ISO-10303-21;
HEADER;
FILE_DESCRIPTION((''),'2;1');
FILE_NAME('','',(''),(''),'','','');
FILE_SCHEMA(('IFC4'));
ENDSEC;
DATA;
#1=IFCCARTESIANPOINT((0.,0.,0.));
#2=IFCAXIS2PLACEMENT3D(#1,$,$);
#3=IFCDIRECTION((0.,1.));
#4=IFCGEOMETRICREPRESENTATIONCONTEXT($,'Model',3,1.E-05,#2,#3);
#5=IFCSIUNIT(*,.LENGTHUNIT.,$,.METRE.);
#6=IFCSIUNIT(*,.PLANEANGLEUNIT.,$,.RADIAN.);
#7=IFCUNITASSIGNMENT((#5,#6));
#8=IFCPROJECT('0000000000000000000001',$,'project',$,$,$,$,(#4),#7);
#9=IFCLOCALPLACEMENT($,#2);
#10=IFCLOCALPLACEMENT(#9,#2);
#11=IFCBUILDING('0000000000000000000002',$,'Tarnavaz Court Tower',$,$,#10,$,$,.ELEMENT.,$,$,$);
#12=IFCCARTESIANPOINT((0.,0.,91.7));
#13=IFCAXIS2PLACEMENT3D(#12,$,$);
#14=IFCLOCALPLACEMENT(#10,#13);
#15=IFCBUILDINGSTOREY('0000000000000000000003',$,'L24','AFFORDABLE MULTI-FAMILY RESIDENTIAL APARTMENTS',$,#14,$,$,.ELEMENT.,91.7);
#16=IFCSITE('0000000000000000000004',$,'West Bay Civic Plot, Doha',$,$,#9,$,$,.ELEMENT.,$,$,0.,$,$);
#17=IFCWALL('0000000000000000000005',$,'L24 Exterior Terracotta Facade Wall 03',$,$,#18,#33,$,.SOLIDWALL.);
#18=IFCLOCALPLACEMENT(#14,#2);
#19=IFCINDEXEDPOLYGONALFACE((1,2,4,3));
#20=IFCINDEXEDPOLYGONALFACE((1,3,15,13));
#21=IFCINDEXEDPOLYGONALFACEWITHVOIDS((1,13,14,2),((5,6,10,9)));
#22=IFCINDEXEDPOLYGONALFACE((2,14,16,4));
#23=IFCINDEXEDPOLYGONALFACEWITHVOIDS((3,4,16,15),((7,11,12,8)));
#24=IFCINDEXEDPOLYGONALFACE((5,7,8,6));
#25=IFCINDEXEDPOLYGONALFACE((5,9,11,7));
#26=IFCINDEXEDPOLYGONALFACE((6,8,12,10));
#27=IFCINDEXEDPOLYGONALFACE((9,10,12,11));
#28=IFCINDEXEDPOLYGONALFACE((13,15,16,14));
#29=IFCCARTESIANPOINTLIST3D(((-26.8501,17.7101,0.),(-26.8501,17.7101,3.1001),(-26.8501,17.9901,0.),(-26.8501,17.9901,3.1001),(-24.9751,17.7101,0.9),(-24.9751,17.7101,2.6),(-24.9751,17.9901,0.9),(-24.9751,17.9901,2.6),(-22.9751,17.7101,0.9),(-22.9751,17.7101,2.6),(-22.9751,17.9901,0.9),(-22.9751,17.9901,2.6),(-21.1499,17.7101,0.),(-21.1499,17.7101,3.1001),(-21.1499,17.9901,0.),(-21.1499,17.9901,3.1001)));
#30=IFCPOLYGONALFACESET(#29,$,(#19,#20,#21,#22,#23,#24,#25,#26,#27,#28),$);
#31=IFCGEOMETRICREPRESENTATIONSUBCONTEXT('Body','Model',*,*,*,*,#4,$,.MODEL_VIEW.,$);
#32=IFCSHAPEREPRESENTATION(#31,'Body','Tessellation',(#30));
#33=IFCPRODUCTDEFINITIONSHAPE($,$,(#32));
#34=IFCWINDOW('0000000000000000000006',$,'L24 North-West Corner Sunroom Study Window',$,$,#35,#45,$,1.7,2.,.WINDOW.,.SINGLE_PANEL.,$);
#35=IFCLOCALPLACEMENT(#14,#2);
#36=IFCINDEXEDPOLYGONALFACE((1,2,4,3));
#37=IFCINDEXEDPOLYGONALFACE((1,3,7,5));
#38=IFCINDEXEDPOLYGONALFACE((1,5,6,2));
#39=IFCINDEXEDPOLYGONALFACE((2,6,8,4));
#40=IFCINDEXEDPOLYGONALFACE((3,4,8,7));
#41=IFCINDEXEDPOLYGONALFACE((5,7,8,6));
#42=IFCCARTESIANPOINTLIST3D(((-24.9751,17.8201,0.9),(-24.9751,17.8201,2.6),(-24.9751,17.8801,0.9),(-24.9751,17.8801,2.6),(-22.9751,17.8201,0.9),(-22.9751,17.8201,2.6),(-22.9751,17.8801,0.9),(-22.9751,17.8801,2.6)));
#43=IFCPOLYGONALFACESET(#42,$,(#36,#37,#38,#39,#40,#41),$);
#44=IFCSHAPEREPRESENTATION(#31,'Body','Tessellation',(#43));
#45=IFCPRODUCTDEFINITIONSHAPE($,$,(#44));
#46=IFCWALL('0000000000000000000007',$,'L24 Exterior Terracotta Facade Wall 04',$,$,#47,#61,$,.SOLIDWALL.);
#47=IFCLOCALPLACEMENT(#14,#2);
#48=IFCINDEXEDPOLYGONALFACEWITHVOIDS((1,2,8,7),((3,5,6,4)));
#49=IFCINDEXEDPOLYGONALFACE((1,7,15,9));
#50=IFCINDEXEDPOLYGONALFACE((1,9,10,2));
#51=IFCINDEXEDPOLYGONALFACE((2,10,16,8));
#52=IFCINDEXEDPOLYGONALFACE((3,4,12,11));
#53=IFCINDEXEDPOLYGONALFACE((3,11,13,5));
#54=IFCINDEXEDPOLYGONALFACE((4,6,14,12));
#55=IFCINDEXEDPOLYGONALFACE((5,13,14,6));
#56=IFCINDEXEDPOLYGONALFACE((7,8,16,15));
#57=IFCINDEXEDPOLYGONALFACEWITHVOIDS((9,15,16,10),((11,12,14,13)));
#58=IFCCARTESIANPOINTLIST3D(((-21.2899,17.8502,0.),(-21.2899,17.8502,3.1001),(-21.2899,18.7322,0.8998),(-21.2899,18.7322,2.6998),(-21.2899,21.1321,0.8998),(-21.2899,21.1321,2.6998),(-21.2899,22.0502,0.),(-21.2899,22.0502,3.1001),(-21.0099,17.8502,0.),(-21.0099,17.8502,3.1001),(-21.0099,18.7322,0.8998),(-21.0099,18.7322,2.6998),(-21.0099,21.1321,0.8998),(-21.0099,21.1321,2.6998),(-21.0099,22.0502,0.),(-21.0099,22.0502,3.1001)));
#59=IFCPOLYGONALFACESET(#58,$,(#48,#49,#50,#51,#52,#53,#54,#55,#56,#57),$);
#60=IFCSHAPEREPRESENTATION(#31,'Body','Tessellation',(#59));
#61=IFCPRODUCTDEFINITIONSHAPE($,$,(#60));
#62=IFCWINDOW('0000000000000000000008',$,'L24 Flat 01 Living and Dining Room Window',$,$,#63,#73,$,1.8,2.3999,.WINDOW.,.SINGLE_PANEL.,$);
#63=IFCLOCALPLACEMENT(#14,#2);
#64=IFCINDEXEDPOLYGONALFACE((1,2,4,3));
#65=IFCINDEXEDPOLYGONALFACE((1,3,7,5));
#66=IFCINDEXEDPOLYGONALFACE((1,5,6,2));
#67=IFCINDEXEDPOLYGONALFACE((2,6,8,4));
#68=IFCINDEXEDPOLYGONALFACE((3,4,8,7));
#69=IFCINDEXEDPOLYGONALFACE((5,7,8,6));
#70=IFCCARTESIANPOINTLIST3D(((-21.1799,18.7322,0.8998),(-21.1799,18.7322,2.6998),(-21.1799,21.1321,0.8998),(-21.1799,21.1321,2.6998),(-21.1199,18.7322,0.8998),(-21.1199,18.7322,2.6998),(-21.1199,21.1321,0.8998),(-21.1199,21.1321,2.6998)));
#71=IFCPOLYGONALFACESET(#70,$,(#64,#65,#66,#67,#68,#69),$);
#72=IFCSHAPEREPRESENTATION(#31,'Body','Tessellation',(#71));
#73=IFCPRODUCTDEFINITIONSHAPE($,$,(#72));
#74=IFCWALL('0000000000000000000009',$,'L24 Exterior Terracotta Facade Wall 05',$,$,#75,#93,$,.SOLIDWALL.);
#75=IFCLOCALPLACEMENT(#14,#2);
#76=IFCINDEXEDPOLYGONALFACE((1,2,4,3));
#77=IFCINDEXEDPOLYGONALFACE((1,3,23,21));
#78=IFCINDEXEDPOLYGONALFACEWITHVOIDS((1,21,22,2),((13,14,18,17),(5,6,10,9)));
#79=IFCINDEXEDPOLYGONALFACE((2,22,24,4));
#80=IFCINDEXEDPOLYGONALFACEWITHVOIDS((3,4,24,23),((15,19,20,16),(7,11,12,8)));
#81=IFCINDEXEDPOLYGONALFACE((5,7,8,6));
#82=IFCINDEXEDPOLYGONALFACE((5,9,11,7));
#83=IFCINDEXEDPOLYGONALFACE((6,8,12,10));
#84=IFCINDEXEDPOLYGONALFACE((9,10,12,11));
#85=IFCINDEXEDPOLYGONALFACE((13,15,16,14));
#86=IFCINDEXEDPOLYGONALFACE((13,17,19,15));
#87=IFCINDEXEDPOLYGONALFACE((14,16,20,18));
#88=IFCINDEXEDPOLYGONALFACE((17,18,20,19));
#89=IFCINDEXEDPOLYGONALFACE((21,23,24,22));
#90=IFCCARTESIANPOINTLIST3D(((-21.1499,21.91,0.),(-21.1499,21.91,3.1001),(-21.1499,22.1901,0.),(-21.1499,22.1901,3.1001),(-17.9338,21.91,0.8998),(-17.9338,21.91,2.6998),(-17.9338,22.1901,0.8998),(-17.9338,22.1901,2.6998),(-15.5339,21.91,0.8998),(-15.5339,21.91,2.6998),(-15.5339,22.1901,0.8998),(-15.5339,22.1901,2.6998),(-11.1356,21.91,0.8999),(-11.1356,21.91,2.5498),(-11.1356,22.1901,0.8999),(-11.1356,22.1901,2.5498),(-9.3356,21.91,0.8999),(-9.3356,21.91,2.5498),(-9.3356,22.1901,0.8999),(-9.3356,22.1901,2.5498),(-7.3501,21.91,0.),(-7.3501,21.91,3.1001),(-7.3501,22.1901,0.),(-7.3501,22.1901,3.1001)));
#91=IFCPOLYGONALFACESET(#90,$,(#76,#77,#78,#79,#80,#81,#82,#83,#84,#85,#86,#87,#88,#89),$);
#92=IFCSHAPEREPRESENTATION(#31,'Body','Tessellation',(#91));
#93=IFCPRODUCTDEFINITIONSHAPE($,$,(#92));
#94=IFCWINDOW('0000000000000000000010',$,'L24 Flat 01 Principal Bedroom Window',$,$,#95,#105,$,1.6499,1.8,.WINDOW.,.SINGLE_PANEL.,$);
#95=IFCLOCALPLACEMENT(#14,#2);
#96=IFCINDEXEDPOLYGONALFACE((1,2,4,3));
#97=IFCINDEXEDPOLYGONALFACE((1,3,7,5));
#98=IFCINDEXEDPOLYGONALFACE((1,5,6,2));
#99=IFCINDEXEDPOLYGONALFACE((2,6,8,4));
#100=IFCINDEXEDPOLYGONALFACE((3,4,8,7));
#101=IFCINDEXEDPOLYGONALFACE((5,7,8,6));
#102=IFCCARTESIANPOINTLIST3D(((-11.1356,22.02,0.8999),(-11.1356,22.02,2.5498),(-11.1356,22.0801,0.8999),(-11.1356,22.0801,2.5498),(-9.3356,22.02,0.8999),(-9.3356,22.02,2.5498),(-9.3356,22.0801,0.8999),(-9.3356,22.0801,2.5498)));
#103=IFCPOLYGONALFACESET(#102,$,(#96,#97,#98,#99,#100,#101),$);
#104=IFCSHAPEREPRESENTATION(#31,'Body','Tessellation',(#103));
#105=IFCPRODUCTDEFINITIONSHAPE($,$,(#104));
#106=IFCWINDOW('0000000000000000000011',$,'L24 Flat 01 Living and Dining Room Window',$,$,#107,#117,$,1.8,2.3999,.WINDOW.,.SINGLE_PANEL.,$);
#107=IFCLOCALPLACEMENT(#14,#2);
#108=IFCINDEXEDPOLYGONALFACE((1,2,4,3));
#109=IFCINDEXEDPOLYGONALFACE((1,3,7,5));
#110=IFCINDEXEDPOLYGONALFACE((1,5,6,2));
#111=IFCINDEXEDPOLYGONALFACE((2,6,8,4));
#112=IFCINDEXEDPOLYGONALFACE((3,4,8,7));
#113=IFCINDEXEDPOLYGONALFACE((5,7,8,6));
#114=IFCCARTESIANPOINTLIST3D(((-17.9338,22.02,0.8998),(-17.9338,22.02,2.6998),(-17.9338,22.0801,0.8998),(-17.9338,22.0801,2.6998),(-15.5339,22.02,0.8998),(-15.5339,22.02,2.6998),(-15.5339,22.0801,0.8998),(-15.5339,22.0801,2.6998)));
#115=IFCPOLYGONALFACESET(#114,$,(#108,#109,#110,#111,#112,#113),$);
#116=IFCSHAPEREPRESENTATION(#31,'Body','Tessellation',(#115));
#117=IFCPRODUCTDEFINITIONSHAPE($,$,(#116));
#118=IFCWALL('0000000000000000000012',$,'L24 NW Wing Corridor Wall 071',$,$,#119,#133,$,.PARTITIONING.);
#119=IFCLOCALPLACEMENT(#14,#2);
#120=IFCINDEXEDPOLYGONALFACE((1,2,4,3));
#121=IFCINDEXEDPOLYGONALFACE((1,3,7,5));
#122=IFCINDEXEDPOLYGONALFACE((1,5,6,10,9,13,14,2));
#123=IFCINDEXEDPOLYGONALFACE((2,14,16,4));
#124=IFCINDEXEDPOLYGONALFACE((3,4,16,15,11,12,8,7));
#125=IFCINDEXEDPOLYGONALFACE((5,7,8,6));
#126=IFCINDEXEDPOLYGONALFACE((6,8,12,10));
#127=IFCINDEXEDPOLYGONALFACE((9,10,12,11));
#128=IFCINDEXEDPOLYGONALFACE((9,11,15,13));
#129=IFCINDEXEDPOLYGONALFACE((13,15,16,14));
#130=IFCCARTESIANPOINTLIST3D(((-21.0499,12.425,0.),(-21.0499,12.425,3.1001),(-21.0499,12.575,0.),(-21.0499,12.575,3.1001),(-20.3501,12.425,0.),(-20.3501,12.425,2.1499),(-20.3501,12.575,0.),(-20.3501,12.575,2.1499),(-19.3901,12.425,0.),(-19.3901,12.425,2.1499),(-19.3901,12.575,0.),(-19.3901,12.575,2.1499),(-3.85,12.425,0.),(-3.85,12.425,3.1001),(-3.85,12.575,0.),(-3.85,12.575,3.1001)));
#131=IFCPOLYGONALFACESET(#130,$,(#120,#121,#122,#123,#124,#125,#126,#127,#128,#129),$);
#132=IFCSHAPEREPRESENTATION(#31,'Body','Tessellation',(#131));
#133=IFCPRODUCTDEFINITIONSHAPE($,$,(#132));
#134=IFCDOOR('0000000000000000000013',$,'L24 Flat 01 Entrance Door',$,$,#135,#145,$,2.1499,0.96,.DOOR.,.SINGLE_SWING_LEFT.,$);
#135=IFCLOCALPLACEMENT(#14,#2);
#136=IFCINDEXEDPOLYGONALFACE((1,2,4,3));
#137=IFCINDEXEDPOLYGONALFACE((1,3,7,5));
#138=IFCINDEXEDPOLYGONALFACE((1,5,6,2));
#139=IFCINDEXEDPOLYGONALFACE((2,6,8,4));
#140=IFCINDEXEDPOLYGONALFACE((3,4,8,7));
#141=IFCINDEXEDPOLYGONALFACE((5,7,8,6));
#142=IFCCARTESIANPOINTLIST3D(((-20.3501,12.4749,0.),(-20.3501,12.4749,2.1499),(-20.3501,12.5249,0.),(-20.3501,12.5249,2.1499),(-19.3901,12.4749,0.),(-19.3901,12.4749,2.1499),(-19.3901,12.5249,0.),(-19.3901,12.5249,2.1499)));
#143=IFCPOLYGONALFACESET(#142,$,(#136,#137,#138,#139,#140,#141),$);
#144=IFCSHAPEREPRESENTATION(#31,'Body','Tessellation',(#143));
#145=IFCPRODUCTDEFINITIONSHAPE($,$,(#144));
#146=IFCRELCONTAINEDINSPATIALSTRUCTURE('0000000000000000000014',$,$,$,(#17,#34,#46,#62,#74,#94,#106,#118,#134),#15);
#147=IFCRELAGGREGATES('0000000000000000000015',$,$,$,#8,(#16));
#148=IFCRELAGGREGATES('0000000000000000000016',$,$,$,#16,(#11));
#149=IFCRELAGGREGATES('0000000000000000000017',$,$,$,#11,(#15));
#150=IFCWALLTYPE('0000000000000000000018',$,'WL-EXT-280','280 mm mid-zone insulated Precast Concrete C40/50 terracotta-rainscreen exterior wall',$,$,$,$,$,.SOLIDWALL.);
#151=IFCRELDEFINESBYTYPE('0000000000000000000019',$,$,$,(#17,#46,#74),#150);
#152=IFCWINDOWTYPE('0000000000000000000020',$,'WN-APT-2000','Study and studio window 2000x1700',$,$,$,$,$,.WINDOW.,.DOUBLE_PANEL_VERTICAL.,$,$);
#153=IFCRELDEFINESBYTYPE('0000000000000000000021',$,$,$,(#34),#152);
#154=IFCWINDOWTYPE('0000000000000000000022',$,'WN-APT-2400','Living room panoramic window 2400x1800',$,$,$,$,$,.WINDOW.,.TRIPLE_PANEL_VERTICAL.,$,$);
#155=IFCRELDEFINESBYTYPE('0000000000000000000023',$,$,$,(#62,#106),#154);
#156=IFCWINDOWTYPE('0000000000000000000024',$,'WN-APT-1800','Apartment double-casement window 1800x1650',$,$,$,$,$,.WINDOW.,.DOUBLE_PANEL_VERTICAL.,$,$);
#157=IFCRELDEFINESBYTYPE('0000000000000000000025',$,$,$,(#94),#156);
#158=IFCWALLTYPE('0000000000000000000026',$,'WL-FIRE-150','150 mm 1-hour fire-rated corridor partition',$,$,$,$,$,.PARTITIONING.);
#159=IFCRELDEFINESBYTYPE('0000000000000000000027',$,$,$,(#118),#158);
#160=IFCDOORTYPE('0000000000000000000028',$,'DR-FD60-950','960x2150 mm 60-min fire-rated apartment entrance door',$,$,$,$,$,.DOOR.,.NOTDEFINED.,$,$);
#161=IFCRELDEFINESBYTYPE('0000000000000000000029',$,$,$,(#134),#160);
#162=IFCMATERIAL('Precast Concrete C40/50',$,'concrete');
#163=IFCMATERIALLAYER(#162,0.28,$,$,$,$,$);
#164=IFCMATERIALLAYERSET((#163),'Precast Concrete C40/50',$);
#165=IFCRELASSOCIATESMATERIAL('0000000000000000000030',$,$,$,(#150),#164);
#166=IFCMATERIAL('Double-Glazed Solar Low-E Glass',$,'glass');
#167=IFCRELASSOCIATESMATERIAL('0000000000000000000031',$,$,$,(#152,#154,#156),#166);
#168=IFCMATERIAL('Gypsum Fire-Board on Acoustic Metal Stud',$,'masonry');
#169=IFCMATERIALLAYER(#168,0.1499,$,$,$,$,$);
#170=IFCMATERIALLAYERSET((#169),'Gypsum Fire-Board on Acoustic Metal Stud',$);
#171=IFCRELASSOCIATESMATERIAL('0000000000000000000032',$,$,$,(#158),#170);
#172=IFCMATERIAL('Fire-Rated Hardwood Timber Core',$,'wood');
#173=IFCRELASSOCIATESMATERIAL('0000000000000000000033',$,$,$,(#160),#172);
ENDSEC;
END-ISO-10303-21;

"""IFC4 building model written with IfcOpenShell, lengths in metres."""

from ifc_helpers import new_model, si_unit, direction, frame, frame_2d, origin, place, context, subcontext, project, spatial, rectangle, extrude, material, layer, layer_set, type_object, element, fill, save


model = new_model("IFC4")

# Units and contexts
model_context = context("Model", 3, precision=1e-05, world=origin(), true_north=direction((0.0, 1.0)))
body_context = subcontext(model_context, "Body", "Model", "MODEL_VIEW")
ifc_project = project(units=[si_unit("LENGTHUNIT", "METRE"), si_unit("PLANEANGLEUNIT", "RADIAN")], contexts=[model_context])

# Site, building, storey
site_placement = place(None, origin())
site = spatial("IfcSite", under=ifc_project, at=site_placement, Name="West Bay Civic Plot, Doha", CompositionType="ELEMENT", RefElevation=0.0)
building_placement = place(site_placement, origin())
building = spatial("IfcBuilding", under=site, at=building_placement, Name="Tarnavaz Court Tower", CompositionType="ELEMENT")
storey_placement = place(building_placement, frame((0.0, 0.0, 91.7)))
storey = spatial("IfcBuildingStorey", under=building, at=storey_placement, Name="L24", Description="AFFORDABLE MULTI-FAMILY RESIDENTIAL APARTMENTS", CompositionType="ELEMENT", Elevation=91.7)

# Walls, openings, windows
ifc_material_1 = material(Name="Precast Concrete C40/50", Category="concrete")
ifc_layer_1 = layer(ifc_material_1, 0.28)
ifc_layer_set_1 = layer_set([ifc_layer_1], Name="Precast Concrete C40/50")
wall_type_1 = type_object("IfcWallType", Name="WL-EXT-280", Description="280 mm mid-zone insulated Precast Concrete C40/50 terracotta-rainscreen exterior wall", PredefinedType="SOLIDWALL", material=ifc_layer_set_1)
wall_1_placement = place(storey_placement, frame((-26.8501, 17.8501, 0.0), z_axis=(0.0, 0.0, 1.0), x_axis=(1.0, 0.0, 0.0)))
wall_1 = element("IfcWall", 1, at=wall_1_placement, inside=storey, type_object=wall_type_1, Name="L24 Exterior Terracotta Facade Wall 03", PredefinedType="SOLIDWALL", context=body_context, shape_type="SweptSolid", body=[
    extrude(rectangle(XDim=5.7002, YDim=0.28, at=frame_2d((2.8501, 0.0))), origin(), (0.0, 0.0, 1.0), 3.1001),
])
opening_1_placement = place(wall_1_placement, frame((1.875, 0.0, 0.8999)))
opening_1 = element("IfcOpeningElement", 2, at=opening_1_placement, cuts=wall_1, PredefinedType="OPENING", context=body_context, shape_type="SweptSolid", body=[
    extrude(rectangle(XDim=2.0, YDim=1.7, at=frame_2d((1.0, 0.8501))), frame((0.0, 0.1499, 0.0), z_axis=(0.0, -1.0, 0.0), x_axis=(1.0, 0.0, 0.0)), (0.0, 0.0, 1.0), 0.3),
])
ifc_material_2 = material(Name="Double-Glazed Solar Low-E Glass", Category="glass")
window_type_1 = type_object("IfcWindowType", Name="WN-APT-2000", Description="Study and studio window 2000x1700", PartitioningType="DOUBLE_PANEL_VERTICAL", PredefinedType="WINDOW", material=ifc_material_2)
window_1_placement = place(opening_1_placement, origin())
window_1 = element("IfcWindow", 3, at=window_1_placement, inside=storey, type_object=window_type_1, Name="L24 North-West Corner Sunroom Study Window", OverallHeight=1.7, OverallWidth=2.0, PartitioningType="SINGLE_PANEL", PredefinedType="WINDOW", context=body_context, shape_type="SweptSolid", body=[
    extrude(rectangle(XDim=2.0, YDim=1.7, at=frame_2d((1.0, 0.8501))), frame((0.0, 0.03, 0.0), z_axis=(0.0, -1.0, 0.0), x_axis=(1.0, 0.0, 0.0)), (0.0, 0.0, 1.0), 0.0601),
])
fill(opening_1, window_1)
wall_2_placement = place(storey_placement, frame((-21.1499, 17.8501, 0.0), z_axis=(0.0, 0.0, 1.0), x_axis=(0.0, 1.0, 0.0)))
wall_2 = element("IfcWall", 4, at=wall_2_placement, inside=storey, type_object=wall_type_1, Name="L24 Exterior Terracotta Facade Wall 04", PredefinedType="SOLIDWALL", context=body_context, shape_type="SweptSolid", body=[
    extrude(rectangle(XDim=4.2, YDim=0.28, at=frame_2d((2.1001, 0.0))), origin(), (0.0, 0.0, 1.0), 3.1001),
])
opening_2_placement = place(wall_2_placement, frame((0.8821, 0.0, 0.8999)))
opening_2 = element("IfcOpeningElement", 5, at=opening_2_placement, cuts=wall_2, PredefinedType="OPENING", context=body_context, shape_type="SweptSolid", body=[
    extrude(rectangle(XDim=2.3999, YDim=1.8, at=frame_2d((1.2, 0.8999))), frame((0.0, 0.1499, 0.0), z_axis=(0.0, -1.0, 0.0), x_axis=(1.0, 0.0, 0.0)), (0.0, 0.0, 1.0), 0.3),
])
window_type_2 = type_object("IfcWindowType", Name="WN-APT-2400", Description="Living room panoramic window 2400x1800", PartitioningType="TRIPLE_PANEL_VERTICAL", PredefinedType="WINDOW", material=ifc_material_2)
window_2_placement = place(opening_2_placement, origin())
window_2 = element("IfcWindow", 6, at=window_2_placement, inside=storey, type_object=window_type_2, Name="L24 Flat 01 Living and Dining Room Window", OverallHeight=1.8, OverallWidth=2.3999, PartitioningType="SINGLE_PANEL", PredefinedType="WINDOW", context=body_context, shape_type="SweptSolid", body=[
    extrude(rectangle(XDim=2.3999, YDim=1.8, at=frame_2d((1.2, 0.8999))), frame((0.0, 0.03, 0.0), z_axis=(0.0, -1.0, 0.0), x_axis=(1.0, 0.0, 0.0)), (0.0, 0.0, 1.0), 0.0601),
])
fill(opening_2, window_2)

# Wall, openings, windows
wall_3_placement = place(storey_placement, frame((-21.1499, 22.05, 0.0), z_axis=(0.0, 0.0, 1.0), x_axis=(1.0, 0.0, 0.0)))
wall_3 = element("IfcWall", 7, at=wall_3_placement, inside=storey, type_object=wall_type_1, Name="L24 Exterior Terracotta Facade Wall 05", PredefinedType="SOLIDWALL", context=body_context, shape_type="SweptSolid", body=[
    extrude(rectangle(XDim=13.7998, YDim=0.28, at=frame_2d((6.8999, 0.0))), origin(), (0.0, 0.0, 1.0), 3.1001),
])
opening_3_placement = place(wall_3_placement, frame((3.2161, 0.0, 0.8999)))
opening_3 = element("IfcOpeningElement", 8, at=opening_3_placement, cuts=wall_3, PredefinedType="OPENING", context=body_context, shape_type="SweptSolid", body=[
    extrude(rectangle(XDim=2.3999, YDim=1.8, at=frame_2d((1.2, 0.8999))), frame((0.0, 0.1499, 0.0), z_axis=(0.0, -1.0, 0.0), x_axis=(1.0, 0.0, 0.0)), (0.0, 0.0, 1.0), 0.3),
])
opening_4_placement = place(wall_3_placement, frame((10.0144, 0.0, 0.8999)))
opening_4 = element("IfcOpeningElement", 9, at=opening_4_placement, cuts=wall_3, PredefinedType="OPENING", context=body_context, shape_type="SweptSolid", body=[
    extrude(rectangle(XDim=1.8, YDim=1.6499, at=frame_2d((0.8999, 0.825))), frame((0.0, 0.1499, 0.0), z_axis=(0.0, -1.0, 0.0), x_axis=(1.0, 0.0, 0.0)), (0.0, 0.0, 1.0), 0.3),
])
window_type_3 = type_object("IfcWindowType", Name="WN-APT-1800", Description="Apartment double-casement window 1800x1650", PartitioningType="DOUBLE_PANEL_VERTICAL", PredefinedType="WINDOW", material=ifc_material_2)
window_3_placement = place(opening_4_placement, origin())
window_3 = element("IfcWindow", 10, at=window_3_placement, inside=storey, type_object=window_type_3, Name="L24 Flat 01 Principal Bedroom Window", OverallHeight=1.6499, OverallWidth=1.8, PartitioningType="SINGLE_PANEL", PredefinedType="WINDOW", context=body_context, shape_type="SweptSolid", body=[
    extrude(rectangle(XDim=1.8, YDim=1.6499, at=frame_2d((0.8999, 0.825))), frame((0.0, 0.03, 0.0), z_axis=(0.0, -1.0, 0.0), x_axis=(1.0, 0.0, 0.0)), (0.0, 0.0, 1.0), 0.0601),
])
fill(opening_4, window_3)
window_4_placement = place(opening_3_placement, origin())
window_4 = element("IfcWindow", 11, at=window_4_placement, inside=storey, type_object=window_type_2, Name="L24 Flat 01 Living and Dining Room Window", OverallHeight=1.8, OverallWidth=2.3999, PartitioningType="SINGLE_PANEL", PredefinedType="WINDOW", context=body_context, shape_type="SweptSolid", body=[
    extrude(rectangle(XDim=2.3999, YDim=1.8, at=frame_2d((1.2, 0.8999))), frame((0.0, 0.03, 0.0), z_axis=(0.0, -1.0, 0.0), x_axis=(1.0, 0.0, 0.0)), (0.0, 0.0, 1.0), 0.0601),
])
fill(opening_3, window_4)

# Wall, opening, door
ifc_material_3 = material(Name="Gypsum Fire-Board on Acoustic Metal Stud", Category="masonry")
ifc_layer_2 = layer(ifc_material_3, 0.1499)
ifc_layer_set_2 = layer_set([ifc_layer_2], Name="Gypsum Fire-Board on Acoustic Metal Stud")
wall_type_2 = type_object("IfcWallType", Name="WL-FIRE-150", Description="150 mm 1-hour fire-rated corridor partition", PredefinedType="PARTITIONING", material=ifc_layer_set_2)
wall_4_placement = place(storey_placement, frame((-21.05, 12.5, 0.0), z_axis=(0.0, 0.0, 1.0), x_axis=(1.0, 0.0, 0.0)))
wall_4 = element("IfcWall", 12, at=wall_4_placement, inside=storey, type_object=wall_type_2, Name="L24 NW Wing Corridor Wall 071", PredefinedType="PARTITIONING", context=body_context, shape_type="SweptSolid", body=[
    extrude(rectangle(XDim=17.2, YDim=0.1499, at=frame_2d((8.6001, 0.0))), origin(), (0.0, 0.0, 1.0), 3.1001),
])
opening_5_placement = place(wall_4_placement, frame((0.7, 0.0, 0.0)))
opening_5 = element("IfcOpeningElement", 13, at=opening_5_placement, cuts=wall_4, PredefinedType="OPENING", context=body_context, shape_type="SweptSolid", body=[
    extrude(rectangle(XDim=0.96, YDim=2.1499, at=frame_2d((0.48, 1.075))), frame((0.0, 0.085, 0.0), z_axis=(0.0, -1.0, 0.0), x_axis=(1.0, 0.0, 0.0)), (0.0, 0.0, 1.0), 0.1699),
])
ifc_material_4 = material(Name="Fire-Rated Hardwood Timber Core", Category="wood")
door_type_1 = type_object("IfcDoorType", Name="DR-FD60-950", Description="960x2150 mm 60-min fire-rated apartment entrance door", OperationType="NOTDEFINED", PredefinedType="DOOR", material=ifc_material_4)
door_1_placement = place(opening_5_placement, origin())
door_1 = element("IfcDoor", 14, at=door_1_placement, inside=storey, type_object=door_type_1, Name="L24 Flat 01 Entrance Door", OperationType="SINGLE_SWING_LEFT", OverallHeight=2.1499, OverallWidth=0.96, PredefinedType="DOOR", context=body_context, shape_type="SweptSolid", body=[
    extrude(rectangle(XDim=0.96, YDim=2.1499, at=frame_2d((0.48, 1.075))), frame((0.0, 0.0249, 0.0), z_axis=(0.0, -1.0, 0.0), x_axis=(1.0, 0.0, 0.0)), (0.0, 0.0, 1.0), 0.05),
])
fill(opening_5, door_1)

save(model, "model.ifc")
